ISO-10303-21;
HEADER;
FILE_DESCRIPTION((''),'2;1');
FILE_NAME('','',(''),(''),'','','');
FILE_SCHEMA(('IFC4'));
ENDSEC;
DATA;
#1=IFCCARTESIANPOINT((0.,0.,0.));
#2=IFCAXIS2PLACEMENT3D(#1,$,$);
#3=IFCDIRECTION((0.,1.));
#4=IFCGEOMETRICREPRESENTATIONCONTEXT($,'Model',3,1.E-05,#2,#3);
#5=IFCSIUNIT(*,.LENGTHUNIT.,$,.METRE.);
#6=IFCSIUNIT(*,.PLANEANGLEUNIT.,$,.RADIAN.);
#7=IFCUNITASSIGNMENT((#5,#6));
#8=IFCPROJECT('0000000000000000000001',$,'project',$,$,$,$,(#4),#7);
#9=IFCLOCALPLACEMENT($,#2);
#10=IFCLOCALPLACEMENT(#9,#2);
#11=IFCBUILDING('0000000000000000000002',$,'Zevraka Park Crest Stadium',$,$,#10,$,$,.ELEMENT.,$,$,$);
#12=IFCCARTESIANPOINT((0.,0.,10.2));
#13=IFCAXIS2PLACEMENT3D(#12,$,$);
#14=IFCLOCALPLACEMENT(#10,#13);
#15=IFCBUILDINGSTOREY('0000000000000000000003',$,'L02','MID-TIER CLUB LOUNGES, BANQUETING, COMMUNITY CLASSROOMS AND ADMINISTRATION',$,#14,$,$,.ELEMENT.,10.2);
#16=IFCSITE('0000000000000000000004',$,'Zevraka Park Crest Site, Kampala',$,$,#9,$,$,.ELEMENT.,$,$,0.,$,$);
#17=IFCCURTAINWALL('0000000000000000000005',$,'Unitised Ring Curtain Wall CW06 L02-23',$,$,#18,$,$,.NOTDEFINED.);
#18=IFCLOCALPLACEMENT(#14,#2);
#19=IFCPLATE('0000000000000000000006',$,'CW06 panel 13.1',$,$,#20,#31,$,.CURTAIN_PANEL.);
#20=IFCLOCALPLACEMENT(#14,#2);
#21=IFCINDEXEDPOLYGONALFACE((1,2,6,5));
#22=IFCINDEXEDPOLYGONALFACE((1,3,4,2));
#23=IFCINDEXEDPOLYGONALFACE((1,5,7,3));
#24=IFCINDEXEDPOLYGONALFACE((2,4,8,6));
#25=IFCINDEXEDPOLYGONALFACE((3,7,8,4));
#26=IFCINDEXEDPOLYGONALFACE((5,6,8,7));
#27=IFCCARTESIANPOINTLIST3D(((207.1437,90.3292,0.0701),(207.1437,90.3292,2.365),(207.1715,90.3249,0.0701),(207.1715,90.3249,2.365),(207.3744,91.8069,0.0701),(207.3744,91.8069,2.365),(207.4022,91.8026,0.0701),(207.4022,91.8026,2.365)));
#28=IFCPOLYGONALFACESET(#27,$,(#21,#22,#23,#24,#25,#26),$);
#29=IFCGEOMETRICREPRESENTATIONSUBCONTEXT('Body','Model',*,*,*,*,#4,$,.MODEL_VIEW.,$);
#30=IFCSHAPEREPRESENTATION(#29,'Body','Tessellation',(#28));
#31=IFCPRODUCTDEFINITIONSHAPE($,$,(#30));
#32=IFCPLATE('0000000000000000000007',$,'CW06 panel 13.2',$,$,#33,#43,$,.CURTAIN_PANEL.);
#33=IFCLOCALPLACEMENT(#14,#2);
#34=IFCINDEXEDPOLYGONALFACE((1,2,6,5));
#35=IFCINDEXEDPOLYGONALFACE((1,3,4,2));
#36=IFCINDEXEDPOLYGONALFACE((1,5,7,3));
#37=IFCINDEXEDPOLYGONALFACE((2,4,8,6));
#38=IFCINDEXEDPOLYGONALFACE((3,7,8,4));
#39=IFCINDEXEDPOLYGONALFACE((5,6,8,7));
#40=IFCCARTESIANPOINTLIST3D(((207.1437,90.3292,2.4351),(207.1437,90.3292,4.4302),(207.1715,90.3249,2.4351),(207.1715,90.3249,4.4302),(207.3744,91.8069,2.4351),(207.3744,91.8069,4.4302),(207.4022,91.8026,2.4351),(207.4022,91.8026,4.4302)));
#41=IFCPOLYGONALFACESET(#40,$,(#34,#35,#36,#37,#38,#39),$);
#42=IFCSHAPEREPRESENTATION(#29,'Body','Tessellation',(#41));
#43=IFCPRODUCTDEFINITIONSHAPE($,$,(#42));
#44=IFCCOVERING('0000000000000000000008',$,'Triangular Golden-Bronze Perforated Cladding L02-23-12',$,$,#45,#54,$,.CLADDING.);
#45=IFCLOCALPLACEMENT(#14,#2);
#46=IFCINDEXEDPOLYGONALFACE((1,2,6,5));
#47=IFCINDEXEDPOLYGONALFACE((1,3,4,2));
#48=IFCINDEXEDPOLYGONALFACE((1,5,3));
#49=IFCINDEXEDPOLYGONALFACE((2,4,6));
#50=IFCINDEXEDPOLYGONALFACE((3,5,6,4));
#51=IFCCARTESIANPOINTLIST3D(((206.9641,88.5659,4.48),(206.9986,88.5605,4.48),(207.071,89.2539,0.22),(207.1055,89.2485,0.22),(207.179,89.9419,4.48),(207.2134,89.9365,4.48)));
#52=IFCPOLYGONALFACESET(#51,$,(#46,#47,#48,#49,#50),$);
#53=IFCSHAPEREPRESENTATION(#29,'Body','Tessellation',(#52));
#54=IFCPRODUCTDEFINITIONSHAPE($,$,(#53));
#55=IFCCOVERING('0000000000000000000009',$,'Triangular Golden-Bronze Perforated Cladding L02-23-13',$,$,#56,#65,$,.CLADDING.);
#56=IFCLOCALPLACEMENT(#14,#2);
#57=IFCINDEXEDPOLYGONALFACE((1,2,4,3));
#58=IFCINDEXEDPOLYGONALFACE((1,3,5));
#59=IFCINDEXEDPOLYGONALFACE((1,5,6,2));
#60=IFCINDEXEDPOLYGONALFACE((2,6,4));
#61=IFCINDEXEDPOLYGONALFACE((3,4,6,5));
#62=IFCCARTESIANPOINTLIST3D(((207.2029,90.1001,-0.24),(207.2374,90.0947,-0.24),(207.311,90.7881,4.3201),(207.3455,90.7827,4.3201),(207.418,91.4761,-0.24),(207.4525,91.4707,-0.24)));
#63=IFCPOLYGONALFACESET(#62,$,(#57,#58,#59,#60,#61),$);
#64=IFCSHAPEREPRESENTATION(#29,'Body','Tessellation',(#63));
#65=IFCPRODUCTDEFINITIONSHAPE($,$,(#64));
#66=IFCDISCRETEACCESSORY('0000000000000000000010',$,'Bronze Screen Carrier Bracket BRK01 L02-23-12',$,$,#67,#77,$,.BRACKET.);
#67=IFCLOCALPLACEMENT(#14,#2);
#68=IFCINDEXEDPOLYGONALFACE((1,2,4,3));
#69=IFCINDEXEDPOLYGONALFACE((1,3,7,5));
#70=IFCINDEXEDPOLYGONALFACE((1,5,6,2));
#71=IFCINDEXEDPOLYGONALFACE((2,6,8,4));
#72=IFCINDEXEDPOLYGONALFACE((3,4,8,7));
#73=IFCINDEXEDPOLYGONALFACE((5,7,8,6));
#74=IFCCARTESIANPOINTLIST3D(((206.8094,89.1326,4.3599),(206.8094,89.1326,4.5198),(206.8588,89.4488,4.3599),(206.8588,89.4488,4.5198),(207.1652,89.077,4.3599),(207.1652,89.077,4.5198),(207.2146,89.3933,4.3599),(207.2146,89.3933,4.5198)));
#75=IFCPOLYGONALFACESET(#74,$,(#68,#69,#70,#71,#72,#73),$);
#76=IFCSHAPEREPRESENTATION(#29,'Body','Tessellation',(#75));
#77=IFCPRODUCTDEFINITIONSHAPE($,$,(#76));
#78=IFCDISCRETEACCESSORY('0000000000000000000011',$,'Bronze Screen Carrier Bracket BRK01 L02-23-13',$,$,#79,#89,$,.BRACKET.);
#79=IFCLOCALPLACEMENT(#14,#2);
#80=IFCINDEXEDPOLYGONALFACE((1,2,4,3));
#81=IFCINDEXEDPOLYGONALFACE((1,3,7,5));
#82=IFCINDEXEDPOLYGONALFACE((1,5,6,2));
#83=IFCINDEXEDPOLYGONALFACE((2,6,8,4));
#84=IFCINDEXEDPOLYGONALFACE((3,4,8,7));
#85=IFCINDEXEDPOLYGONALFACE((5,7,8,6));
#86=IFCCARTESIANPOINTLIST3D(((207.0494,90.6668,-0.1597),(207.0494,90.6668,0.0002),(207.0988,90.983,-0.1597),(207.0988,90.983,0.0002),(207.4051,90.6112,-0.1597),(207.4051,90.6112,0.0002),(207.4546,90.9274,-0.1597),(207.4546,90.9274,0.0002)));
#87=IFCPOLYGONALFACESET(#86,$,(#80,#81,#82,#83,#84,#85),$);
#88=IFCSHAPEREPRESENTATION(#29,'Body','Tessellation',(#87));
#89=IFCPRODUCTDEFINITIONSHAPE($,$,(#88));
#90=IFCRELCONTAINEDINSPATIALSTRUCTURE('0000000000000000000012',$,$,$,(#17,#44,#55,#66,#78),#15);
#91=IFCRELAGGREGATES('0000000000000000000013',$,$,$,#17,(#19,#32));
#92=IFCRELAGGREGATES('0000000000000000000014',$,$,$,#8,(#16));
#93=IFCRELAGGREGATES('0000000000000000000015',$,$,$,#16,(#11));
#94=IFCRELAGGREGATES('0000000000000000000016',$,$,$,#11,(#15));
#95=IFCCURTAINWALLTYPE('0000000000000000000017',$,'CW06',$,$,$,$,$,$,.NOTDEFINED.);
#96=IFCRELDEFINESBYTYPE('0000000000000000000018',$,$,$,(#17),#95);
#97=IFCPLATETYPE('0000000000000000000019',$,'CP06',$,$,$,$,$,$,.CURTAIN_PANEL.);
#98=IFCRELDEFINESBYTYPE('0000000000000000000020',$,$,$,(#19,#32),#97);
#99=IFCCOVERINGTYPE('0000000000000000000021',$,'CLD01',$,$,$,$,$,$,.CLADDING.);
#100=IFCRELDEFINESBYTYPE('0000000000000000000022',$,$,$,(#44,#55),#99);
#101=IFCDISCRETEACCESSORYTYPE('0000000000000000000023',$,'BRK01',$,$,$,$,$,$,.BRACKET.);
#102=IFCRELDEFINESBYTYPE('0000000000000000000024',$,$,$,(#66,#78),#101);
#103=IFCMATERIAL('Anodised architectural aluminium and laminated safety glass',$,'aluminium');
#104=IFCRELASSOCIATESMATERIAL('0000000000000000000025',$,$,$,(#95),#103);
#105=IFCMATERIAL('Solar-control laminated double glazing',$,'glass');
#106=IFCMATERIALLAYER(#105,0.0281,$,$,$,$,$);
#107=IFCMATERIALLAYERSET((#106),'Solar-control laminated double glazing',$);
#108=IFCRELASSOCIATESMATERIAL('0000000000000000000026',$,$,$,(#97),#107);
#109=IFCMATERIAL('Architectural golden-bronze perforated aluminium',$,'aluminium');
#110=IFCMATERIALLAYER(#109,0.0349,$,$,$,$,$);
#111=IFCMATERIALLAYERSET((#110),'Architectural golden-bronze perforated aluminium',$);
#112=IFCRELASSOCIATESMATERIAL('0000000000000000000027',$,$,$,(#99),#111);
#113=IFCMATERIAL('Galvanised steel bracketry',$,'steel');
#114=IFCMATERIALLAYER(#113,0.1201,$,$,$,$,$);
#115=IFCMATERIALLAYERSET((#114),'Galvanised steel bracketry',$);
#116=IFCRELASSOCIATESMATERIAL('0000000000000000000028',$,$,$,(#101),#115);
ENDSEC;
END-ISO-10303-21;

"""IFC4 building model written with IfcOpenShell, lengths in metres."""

from ifc_helpers import new_model, si_unit, direction, frame, origin, origin_2d, place, context, subcontext, project, spatial, polyline, rectangle, outline, extrude, material, layer, layer_set, type_object, element, aggregate, save


model = new_model("IFC4")

# Units and contexts
model_context = context("Model", 3, precision=1e-05, world=origin(), true_north=direction((0.0, 1.0)))
body_context = subcontext(model_context, "Body", "Model", "MODEL_VIEW")
ifc_project = project(units=[si_unit("LENGTHUNIT", "METRE"), si_unit("PLANEANGLEUNIT", "RADIAN")], contexts=[model_context])

# Site, building, storey
site_placement = place(None, origin())
site = spatial("IfcSite", under=ifc_project, at=site_placement, Name="Zevraka Park Crest Site, Kampala", CompositionType="ELEMENT", RefElevation=0.0)
building_placement = place(site_placement, origin())
building = spatial("IfcBuilding", under=site, at=building_placement, Name="Zevraka Park Crest Stadium", CompositionType="ELEMENT")
storey_placement = place(building_placement, frame((0.0, 0.0, 10.2)))
storey = spatial("IfcBuildingStorey", under=building, at=storey_placement, Name="L02", Description="MID-TIER CLUB LOUNGES, BANQUETING, COMMUNITY CLASSROOMS AND ADMINISTRATION", CompositionType="ELEMENT", Elevation=10.2)

# Curtain wall, plates
ifc_material_1 = material(Name="Anodised architectural aluminium and laminated safety glass", Category="aluminium")
curtain_wall_type = type_object("IfcCurtainWallType", Name="CW06", PredefinedType="NOTDEFINED", material=ifc_material_1)
curtain_wall_placement = place(storey_placement, origin())
curtain_wall = element("IfcCurtainWall", 1, at=curtain_wall_placement, inside=storey, type_object=curtain_wall_type, Name="Unitised Ring Curtain Wall CW06 L02-23", PredefinedType="NOTDEFINED")
ifc_material_2 = material(Name="Solar-control laminated double glazing", Category="glass")
ifc_layer_1 = layer(ifc_material_2, 0.0281)
ifc_layer_set_1 = layer_set([ifc_layer_1], Name="Solar-control laminated double glazing")
plate_type = type_object("IfcPlateType", Name="CP06", PredefinedType="CURTAIN_PANEL", material=ifc_layer_set_1)
plate_1_placement = place(storey_placement, frame((207.2729, 91.0659, 0.0701), z_axis=(0.0, 0.0, 1.0), x_axis=(0.154274, 0.988028, 0.0)))
plate_1 = element("IfcPlate", 2, at=plate_1_placement, type_object=plate_type, Name="CW06 panel 13.1", PredefinedType="CURTAIN_PANEL", context=body_context, shape_type="SweptSolid", body=[
    extrude(rectangle(XDim=1.4956, YDim=0.0281, at=origin_2d()), origin(), (0.0, 0.0, 1.0), 2.2949),
])
plate_2_placement = place(storey_placement, frame((207.2729, 91.0659, 2.4351), z_axis=(0.0, 0.0, 1.0), x_axis=(0.154274, 0.988028, 0.0)))
plate_2 = element("IfcPlate", 3, at=plate_2_placement, type_object=plate_type, Name="CW06 panel 13.2", PredefinedType="CURTAIN_PANEL", context=body_context, shape_type="SweptSolid", body=[
    extrude(rectangle(XDim=1.4956, YDim=0.0281, at=origin_2d()), origin(), (0.0, 0.0, 1.0), 1.9951),
])
aggregate(curtain_wall, [plate_1, plate_2])

# Coverings
ifc_material_3 = material(Name="Architectural golden-bronze perforated aluminium", Category="aluminium")
ifc_layer_2 = layer(ifc_material_3, 0.0349)
ifc_layer_set_2 = layer_set([ifc_layer_2], Name="Architectural golden-bronze perforated aluminium")
covering_type = type_object("IfcCoveringType", Name="CLD01", PredefinedType="CLADDING", material=ifc_layer_set_2)
covering_1_placement = place(storey_placement, frame((207.179, 89.9419, 4.48), z_axis=(-0.988029, 0.15427, 0.000113), x_axis=(-0.15427, -0.988029, 0.0)))
element("IfcCovering", 4, at=covering_1_placement, inside=storey, type_object=covering_type, Name="Triangular Golden-Bronze Perforated Cladding L02-23-12", PredefinedType="CLADDING", context=body_context, shape_type="SweptSolid", body=[
    extrude(outline(polyline([(0.0, 0.0), (1.3926, 0.0), (0.6964, -4.26), (0.0, 0.0)])), origin(), (0.0, 0.0, -1.0), 0.0349),
])
covering_2_placement = place(storey_placement, frame((207.2029, 90.1001, -0.24), z_axis=(-0.988002, 0.154441, 0.000132), x_axis=(0.154441, 0.988002, 0.0)))
element("IfcCovering", 5, at=covering_2_placement, inside=storey, type_object=covering_type, Name="Triangular Golden-Bronze Perforated Cladding L02-23-13", PredefinedType="CLADDING", context=body_context, shape_type="SweptSolid", body=[
    extrude(outline(polyline([(0.0, 0.0), (1.3927, 0.0), (0.6964, -4.5601), (0.0, 0.0)])), origin(), (0.0, 0.0, -1.0), 0.0349),
])

# Discrete accessories
ifc_material_4 = material(Name="Galvanised steel bracketry", Category="steel")
ifc_layer_3 = layer(ifc_material_4, 0.1201)
ifc_layer_set_3 = layer_set([ifc_layer_3], Name="Galvanised steel bracketry")
discrete_accessory_type = type_object("IfcDiscreteAccessoryType", Name="BRK01", PredefinedType="BRACKET", material=ifc_layer_set_3)
for number, where, z_axis, x_axis, name in (
    (6, (207.012, 89.2629, 4.3599), (0.0, 0.0, 1.0), (0.154366, 0.988014, 0.0), "Bronze Screen Carrier Bracket BRK01 L02-23-12"),
    (7, (207.252, 90.7971, -0.1597), (0.0, 0.0, 1.0), (0.154366, 0.988014, 0.0), "Bronze Screen Carrier Bracket BRK01 L02-23-13"),
):
    element("IfcDiscreteAccessory", number, at=place(storey_placement, frame(where, z_axis=z_axis, x_axis=x_axis)), inside=storey, type_object=discrete_accessory_type, Name=name, PredefinedType="BRACKET", context=body_context, shape_type="SweptSolid", body=[
        extrude(rectangle(XDim=0.3201, YDim=0.3601, at=origin_2d()), origin(), (0.0, 0.0, 1.0), 0.1599),
    ])

save(model, "model.ifc")
